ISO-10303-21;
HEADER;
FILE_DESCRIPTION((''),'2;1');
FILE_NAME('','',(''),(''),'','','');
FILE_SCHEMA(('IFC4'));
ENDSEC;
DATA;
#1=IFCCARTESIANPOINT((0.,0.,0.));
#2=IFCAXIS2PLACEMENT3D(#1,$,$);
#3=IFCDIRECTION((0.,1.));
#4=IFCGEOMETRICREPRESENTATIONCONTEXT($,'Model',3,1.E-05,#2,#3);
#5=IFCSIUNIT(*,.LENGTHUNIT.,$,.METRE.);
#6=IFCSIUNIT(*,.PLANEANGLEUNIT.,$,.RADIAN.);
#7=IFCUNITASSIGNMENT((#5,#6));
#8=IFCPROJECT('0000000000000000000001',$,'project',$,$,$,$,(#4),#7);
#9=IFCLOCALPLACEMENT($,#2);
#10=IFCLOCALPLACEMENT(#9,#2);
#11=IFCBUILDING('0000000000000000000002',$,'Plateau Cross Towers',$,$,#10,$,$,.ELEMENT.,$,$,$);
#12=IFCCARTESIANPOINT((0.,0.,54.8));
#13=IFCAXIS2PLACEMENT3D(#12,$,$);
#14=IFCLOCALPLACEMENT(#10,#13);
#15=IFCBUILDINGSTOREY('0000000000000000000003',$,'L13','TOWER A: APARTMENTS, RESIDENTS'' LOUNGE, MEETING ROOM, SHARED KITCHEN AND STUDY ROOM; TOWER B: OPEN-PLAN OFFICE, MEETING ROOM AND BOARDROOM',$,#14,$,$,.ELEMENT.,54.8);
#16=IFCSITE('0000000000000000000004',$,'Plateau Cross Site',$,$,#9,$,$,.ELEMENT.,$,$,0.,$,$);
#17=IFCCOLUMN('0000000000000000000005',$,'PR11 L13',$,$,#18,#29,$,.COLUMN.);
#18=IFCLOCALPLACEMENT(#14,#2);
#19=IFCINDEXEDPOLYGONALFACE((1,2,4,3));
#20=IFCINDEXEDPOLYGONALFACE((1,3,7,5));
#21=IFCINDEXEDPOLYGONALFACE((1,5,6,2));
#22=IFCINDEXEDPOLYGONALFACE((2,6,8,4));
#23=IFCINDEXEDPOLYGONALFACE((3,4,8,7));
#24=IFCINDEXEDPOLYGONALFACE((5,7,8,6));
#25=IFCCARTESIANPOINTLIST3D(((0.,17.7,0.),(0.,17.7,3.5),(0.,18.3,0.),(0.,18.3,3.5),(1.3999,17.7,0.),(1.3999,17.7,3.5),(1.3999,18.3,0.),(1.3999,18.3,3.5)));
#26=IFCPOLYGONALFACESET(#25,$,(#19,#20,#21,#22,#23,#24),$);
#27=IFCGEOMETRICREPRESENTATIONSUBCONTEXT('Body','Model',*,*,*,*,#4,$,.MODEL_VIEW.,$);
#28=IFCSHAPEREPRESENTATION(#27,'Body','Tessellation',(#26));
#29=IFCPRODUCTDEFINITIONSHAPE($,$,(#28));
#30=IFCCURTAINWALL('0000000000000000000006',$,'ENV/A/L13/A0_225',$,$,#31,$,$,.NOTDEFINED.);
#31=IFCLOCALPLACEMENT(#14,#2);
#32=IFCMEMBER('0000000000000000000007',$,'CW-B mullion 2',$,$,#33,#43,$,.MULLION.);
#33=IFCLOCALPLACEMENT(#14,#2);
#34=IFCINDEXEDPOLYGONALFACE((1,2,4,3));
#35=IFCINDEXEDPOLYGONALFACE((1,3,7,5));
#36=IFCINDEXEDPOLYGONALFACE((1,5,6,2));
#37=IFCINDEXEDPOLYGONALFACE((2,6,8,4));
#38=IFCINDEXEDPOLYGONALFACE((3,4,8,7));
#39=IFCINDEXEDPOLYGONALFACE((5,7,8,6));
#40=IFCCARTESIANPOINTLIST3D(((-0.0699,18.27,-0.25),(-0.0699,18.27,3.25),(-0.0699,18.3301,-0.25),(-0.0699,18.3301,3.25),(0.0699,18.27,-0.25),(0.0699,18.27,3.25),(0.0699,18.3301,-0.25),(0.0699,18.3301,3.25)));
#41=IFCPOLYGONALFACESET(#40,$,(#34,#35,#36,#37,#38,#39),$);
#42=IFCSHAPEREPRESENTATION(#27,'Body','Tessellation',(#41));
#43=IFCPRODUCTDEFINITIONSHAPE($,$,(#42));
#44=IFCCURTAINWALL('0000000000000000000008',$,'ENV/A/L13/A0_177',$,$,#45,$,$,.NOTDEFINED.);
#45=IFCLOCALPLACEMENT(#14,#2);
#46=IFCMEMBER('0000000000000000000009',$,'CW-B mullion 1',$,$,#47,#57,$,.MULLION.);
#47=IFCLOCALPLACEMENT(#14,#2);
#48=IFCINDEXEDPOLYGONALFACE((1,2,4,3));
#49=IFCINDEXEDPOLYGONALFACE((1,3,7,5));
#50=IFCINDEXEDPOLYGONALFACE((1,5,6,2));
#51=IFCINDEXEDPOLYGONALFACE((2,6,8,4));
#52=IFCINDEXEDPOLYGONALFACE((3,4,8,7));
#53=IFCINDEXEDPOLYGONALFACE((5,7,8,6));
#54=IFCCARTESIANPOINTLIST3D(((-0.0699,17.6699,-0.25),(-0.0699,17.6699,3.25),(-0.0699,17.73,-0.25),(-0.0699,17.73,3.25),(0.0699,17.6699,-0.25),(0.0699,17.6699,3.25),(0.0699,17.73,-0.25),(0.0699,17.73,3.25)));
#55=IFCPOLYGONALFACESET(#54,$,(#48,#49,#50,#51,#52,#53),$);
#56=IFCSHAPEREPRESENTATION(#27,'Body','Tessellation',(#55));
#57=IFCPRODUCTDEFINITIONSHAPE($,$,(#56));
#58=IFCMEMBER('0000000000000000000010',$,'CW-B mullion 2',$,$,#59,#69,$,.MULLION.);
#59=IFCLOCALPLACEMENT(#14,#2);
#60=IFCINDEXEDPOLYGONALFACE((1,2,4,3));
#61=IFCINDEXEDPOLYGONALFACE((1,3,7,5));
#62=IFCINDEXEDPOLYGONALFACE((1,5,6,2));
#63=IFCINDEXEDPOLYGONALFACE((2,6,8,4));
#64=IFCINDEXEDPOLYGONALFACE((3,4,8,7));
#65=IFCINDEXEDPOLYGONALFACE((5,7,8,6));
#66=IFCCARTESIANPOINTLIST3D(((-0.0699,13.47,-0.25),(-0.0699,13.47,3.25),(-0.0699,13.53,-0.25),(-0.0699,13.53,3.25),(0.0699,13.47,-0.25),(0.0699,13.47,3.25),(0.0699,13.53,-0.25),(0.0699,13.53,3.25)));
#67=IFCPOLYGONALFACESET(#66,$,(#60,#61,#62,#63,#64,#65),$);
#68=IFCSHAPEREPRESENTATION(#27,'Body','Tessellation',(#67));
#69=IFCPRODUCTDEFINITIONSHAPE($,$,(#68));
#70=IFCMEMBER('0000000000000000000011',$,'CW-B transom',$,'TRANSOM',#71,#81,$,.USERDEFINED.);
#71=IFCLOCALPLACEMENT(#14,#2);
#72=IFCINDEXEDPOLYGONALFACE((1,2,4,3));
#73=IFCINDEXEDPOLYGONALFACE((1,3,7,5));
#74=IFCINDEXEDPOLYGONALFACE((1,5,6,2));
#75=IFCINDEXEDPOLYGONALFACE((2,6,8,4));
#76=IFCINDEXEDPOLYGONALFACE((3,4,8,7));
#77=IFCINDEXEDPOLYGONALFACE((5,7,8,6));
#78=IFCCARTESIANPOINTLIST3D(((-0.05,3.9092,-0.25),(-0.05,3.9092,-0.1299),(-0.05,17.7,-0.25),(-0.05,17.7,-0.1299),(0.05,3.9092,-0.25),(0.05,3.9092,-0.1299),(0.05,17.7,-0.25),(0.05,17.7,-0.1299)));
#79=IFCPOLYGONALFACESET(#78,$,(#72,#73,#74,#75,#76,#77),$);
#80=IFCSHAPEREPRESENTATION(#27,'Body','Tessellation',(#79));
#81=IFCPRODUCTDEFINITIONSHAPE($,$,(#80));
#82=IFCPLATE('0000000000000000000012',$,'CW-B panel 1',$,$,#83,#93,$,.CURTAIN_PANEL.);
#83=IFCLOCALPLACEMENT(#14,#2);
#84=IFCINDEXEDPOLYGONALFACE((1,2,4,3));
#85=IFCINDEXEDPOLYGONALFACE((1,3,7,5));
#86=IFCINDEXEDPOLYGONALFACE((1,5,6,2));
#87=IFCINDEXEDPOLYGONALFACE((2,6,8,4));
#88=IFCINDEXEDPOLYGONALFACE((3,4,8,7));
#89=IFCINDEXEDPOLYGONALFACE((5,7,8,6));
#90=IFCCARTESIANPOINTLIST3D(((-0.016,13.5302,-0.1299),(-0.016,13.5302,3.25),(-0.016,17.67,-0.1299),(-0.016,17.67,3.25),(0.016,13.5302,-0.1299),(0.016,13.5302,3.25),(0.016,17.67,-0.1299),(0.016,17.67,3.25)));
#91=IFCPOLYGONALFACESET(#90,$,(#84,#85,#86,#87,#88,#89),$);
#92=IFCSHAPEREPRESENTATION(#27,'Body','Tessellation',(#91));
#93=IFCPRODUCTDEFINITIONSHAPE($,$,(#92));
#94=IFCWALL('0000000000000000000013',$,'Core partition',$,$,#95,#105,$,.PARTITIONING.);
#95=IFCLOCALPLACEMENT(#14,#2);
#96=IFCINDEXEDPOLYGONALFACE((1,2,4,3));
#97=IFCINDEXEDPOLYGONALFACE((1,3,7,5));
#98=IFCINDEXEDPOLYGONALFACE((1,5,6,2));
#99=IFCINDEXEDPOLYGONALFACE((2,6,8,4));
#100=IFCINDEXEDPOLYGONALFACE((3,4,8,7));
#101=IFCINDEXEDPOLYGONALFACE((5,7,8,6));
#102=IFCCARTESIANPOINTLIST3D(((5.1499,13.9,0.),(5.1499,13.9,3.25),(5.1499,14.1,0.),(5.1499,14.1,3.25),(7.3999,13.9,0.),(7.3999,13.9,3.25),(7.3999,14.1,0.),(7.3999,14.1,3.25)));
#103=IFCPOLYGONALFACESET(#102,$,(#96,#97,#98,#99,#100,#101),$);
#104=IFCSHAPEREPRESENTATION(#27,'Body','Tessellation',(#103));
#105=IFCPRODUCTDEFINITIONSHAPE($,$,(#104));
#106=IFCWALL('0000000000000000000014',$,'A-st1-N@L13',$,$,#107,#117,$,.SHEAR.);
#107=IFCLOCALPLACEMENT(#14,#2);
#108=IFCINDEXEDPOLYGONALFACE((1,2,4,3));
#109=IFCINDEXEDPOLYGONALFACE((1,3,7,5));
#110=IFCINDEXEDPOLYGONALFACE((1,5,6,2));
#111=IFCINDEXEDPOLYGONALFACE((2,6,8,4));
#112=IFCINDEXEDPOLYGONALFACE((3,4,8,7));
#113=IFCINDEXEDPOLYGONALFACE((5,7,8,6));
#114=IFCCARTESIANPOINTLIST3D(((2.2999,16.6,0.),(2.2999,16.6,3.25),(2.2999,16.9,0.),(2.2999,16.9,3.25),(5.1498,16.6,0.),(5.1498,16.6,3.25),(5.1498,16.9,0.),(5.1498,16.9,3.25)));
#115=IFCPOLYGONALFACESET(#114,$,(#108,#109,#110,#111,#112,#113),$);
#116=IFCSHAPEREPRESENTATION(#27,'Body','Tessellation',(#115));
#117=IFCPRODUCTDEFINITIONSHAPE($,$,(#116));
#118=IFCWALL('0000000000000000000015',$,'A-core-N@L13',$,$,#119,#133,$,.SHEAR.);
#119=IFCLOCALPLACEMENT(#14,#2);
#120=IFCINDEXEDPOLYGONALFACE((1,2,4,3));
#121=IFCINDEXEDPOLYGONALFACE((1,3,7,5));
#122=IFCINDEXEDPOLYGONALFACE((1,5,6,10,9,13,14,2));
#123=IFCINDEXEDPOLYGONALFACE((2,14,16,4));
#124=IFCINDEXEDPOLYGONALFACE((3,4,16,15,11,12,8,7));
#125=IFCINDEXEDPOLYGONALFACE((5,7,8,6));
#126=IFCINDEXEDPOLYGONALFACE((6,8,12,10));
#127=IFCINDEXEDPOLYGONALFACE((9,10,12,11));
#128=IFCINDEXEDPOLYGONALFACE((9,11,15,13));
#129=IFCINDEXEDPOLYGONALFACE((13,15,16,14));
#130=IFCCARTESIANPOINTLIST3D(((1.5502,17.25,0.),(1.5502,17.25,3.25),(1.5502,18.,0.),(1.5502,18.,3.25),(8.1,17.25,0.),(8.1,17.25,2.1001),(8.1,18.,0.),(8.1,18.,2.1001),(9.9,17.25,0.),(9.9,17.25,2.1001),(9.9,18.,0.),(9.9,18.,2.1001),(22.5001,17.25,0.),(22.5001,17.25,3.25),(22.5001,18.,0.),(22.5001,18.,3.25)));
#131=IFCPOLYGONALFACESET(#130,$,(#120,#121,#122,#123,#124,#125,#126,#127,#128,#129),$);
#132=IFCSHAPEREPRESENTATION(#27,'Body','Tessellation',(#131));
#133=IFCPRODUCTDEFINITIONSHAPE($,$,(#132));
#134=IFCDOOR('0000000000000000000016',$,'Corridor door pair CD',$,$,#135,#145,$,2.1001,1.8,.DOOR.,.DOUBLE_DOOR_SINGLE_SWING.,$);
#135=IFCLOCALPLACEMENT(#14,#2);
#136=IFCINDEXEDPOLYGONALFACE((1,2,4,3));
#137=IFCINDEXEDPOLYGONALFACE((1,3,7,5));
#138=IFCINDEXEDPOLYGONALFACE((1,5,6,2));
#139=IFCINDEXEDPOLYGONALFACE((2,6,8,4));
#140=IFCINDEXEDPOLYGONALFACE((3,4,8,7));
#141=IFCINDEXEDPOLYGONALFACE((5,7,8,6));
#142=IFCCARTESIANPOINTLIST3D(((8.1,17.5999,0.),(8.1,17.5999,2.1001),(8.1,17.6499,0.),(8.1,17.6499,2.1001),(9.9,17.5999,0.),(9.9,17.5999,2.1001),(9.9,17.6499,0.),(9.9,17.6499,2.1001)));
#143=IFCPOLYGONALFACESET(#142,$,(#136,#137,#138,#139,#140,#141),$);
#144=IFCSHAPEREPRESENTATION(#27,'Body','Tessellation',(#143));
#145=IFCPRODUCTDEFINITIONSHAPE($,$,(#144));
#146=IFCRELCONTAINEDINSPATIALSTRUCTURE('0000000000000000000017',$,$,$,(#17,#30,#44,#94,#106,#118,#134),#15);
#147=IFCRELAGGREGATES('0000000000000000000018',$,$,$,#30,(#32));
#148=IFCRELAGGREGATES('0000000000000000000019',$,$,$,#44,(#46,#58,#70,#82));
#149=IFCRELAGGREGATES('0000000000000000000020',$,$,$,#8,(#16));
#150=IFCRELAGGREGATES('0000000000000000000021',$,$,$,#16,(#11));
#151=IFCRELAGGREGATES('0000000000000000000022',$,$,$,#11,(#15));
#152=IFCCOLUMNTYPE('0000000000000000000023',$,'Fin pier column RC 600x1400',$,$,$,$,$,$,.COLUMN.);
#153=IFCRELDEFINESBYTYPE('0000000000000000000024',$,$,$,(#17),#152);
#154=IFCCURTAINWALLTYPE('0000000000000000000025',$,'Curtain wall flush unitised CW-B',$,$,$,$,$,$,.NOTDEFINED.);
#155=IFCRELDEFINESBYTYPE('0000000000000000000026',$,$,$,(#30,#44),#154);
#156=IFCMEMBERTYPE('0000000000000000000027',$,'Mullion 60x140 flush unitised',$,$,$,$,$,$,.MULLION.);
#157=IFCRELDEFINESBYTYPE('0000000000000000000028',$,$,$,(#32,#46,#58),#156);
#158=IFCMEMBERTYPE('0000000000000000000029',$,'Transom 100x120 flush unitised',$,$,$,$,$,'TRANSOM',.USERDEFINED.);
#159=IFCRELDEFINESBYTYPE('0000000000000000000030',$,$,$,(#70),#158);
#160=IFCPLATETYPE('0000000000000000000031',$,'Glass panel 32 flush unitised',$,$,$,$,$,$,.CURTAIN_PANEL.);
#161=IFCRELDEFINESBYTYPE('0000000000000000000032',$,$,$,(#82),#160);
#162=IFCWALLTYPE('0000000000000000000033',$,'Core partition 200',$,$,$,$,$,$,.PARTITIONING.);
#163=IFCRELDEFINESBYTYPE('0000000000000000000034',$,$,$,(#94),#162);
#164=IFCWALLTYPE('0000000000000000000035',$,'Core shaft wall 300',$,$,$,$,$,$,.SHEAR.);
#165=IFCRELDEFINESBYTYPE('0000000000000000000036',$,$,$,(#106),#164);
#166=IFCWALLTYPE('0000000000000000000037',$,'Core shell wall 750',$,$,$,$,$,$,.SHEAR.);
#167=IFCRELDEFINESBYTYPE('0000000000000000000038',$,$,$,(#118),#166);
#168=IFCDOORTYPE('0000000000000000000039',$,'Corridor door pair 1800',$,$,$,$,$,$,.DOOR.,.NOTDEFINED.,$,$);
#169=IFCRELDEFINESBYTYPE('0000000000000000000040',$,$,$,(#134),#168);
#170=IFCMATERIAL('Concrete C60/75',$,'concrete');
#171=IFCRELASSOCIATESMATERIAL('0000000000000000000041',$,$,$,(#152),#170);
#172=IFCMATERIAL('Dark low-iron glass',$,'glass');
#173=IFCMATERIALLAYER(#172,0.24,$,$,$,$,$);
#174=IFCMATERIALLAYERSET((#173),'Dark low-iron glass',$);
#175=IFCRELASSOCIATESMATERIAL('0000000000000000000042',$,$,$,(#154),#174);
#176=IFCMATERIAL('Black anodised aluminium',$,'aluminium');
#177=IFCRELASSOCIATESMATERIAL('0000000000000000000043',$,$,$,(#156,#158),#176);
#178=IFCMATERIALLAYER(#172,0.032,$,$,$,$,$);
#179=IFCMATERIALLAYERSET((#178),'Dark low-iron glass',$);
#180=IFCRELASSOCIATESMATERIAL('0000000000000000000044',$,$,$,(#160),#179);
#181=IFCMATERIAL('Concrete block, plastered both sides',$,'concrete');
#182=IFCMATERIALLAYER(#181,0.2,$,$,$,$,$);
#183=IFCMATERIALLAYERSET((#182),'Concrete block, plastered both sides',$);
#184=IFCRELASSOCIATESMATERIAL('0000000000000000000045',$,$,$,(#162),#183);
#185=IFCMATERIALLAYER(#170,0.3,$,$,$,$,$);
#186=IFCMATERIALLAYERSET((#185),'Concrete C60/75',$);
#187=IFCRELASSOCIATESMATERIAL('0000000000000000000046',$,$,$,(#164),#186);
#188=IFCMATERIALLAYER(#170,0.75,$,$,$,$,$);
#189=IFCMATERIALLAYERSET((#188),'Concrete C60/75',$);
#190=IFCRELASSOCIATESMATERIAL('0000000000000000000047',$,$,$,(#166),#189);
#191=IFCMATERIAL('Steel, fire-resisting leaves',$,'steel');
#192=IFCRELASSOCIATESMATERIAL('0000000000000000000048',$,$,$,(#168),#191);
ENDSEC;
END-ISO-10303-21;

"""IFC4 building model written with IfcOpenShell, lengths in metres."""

from ifc_helpers import new_model, si_unit, direction, frame, frame_2d, origin, origin_2d, place, context, subcontext, project, spatial, rectangle, extrude, material, layer, layer_set, material_profile, profile_set, type_object, element, fill, aggregate, save


model = new_model("IFC4")

# Units and contexts
model_context = context("Model", 3, precision=1e-05, world=origin(), true_north=direction((0.0, 1.0)))
body_context = subcontext(model_context, "Body", "Model", "MODEL_VIEW")
ifc_project = project(units=[si_unit("LENGTHUNIT", "METRE"), si_unit("PLANEANGLEUNIT", "RADIAN")], contexts=[model_context])

# Site, building, storey
site_placement = place(None, origin())
site = spatial("IfcSite", under=ifc_project, at=site_placement, Name="Plateau Cross Site", CompositionType="ELEMENT", RefElevation=0.0)
building_placement = place(site_placement, origin())
building = spatial("IfcBuilding", under=site, at=building_placement, Name="Plateau Cross Towers", CompositionType="ELEMENT")
storey_placement = place(building_placement, frame((0.0, 0.0, 54.8)))
storey = spatial("IfcBuildingStorey", under=building, at=storey_placement, Name="L13", Description="TOWER A: APARTMENTS, RESIDENTS' LOUNGE, MEETING ROOM, SHARED KITCHEN AND STUDY ROOM; TOWER B: OPEN-PLAN OFFICE, MEETING ROOM AND BOARDROOM", CompositionType="ELEMENT", Elevation=54.8)

# Column
ifc_material_1 = material(Name="Concrete C60/75", Category="concrete")
ifc_material_profile_1 = material_profile(ifc_material_1, rectangle(XDim=0.6001, YDim=1.3999, at=origin_2d()), Name="RC 600x1400")
ifc_profile_set_1 = profile_set([ifc_material_profile_1], Name="Concrete C60/75")
column_type = type_object("IfcColumnType", Name="Fin pier column RC 600x1400", PredefinedType="COLUMN", material=ifc_profile_set_1)
column_placement = place(storey_placement, frame((0.7, 18.0, 0.0), z_axis=(0.0, 0.0, 1.0), x_axis=(0.0, 1.0, 0.0)))
element("IfcColumn", 1, at=column_placement, inside=storey, type_object=column_type, Name="PR11 L13", PredefinedType="COLUMN", context=body_context, shape_type="SweptSolid", body=[
    extrude(rectangle(XDim=0.6001, YDim=1.3999, at=origin_2d()), origin(), (0.0, 0.0, 1.0), 3.5),
])

# Curtain wall, member
ifc_material_2 = material(Name="Dark low-iron glass", Category="glass")
ifc_layer_1 = layer(ifc_material_2, 0.24)
ifc_layer_set_1 = layer_set([ifc_layer_1], Name="Dark low-iron glass")
curtain_wall_type = type_object("IfcCurtainWallType", Name="Curtain wall flush unitised CW-B", PredefinedType="NOTDEFINED", material=ifc_layer_set_1)
curtain_wall_1_placement = place(storey_placement, origin())
curtain_wall_1 = element("IfcCurtainWall", 2, at=curtain_wall_1_placement, inside=storey, type_object=curtain_wall_type, Name="ENV/A/L13/A0_225", PredefinedType="NOTDEFINED")
ifc_material_3 = material(Name="Black anodised aluminium", Category="aluminium")
ifc_material_profile_2 = material_profile(ifc_material_3, rectangle(XDim=0.0601, YDim=0.1399, at=origin_2d()), Name="MULLION 60x140")
ifc_profile_set_2 = profile_set([ifc_material_profile_2], Name="Black anodised aluminium")
member_type_1 = type_object("IfcMemberType", Name="Mullion 60x140 flush unitised", PredefinedType="MULLION", material=ifc_profile_set_2)
member_1_placement = place(storey_placement, frame((0.0, 18.3, -0.25), z_axis=(0.0, 0.0, 1.0), x_axis=(0.0, -1.0, 0.0)))
member_1 = element("IfcMember", 3, at=member_1_placement, type_object=member_type_1, Name="CW-B mullion 2", PredefinedType="MULLION", context=body_context, shape_type="SweptSolid", body=[
    extrude(rectangle(XDim=0.0601, YDim=0.1399, at=origin_2d()), origin(), (0.0, 0.0, 1.0), 3.5),
])
aggregate(curtain_wall_1, [member_1])

# Curtain wall, members, plate
curtain_wall_2_placement = place(storey_placement, origin())
curtain_wall_2 = element("IfcCurtainWall", 4, at=curtain_wall_2_placement, inside=storey, type_object=curtain_wall_type, Name="ENV/A/L13/A0_177", PredefinedType="NOTDEFINED")
member_2_placement = place(storey_placement, frame((0.0, 17.7, -0.25), z_axis=(0.0, 0.0, 1.0), x_axis=(0.0, -1.0, 0.0)))
member_2 = element("IfcMember", 5, at=member_2_placement, type_object=member_type_1, Name="CW-B mullion 1", PredefinedType="MULLION", context=body_context, shape_type="SweptSolid", body=[
    extrude(rectangle(XDim=0.0601, YDim=0.1399, at=origin_2d()), origin(), (0.0, 0.0, 1.0), 3.5),
])
member_3_placement = place(storey_placement, frame((0.0, 13.5, -0.25), z_axis=(0.0, 0.0, 1.0), x_axis=(0.0, -1.0, 0.0)))
member_3 = element("IfcMember", 6, at=member_3_placement, type_object=member_type_1, Name="CW-B mullion 2", PredefinedType="MULLION", context=body_context, shape_type="SweptSolid", body=[
    extrude(rectangle(XDim=0.0601, YDim=0.1399, at=origin_2d()), origin(), (0.0, 0.0, 1.0), 3.5),
])
ifc_material_profile_3 = material_profile(ifc_material_3, rectangle(XDim=0.1001, YDim=0.1201, at=origin_2d()), Name="TRANSOM 100x120")
ifc_profile_set_3 = profile_set([ifc_material_profile_3], Name="Black anodised aluminium")
member_type_2 = type_object("IfcMemberType", Name="Transom 100x120 flush unitised", ElementType="TRANSOM", PredefinedType="USERDEFINED", material=ifc_profile_set_3)
member_4_placement = place(storey_placement, frame((0.0, 17.7, -0.1899), z_axis=(0.0, -1.0, 0.0), x_axis=(1.0, 0.0, 0.0)))
member_4 = element("IfcMember", 7, at=member_4_placement, type_object=member_type_2, Name="CW-B transom", ObjectType="TRANSOM", PredefinedType="USERDEFINED", context=body_context, shape_type="SweptSolid", body=[
    extrude(rectangle(XDim=0.1001, YDim=0.1201, at=origin_2d()), origin(), (0.0, 0.0, 1.0), 13.7908),
])
ifc_layer_2 = layer(ifc_material_2, 0.032)
ifc_layer_set_2 = layer_set([ifc_layer_2], Name="Dark low-iron glass")
plate_type = type_object("IfcPlateType", Name="Glass panel 32 flush unitised", PredefinedType="CURTAIN_PANEL", material=ifc_layer_set_2)
plate_placement = place(storey_placement, frame((0.0, 15.6001, -0.1299), z_axis=(0.0, 0.0, 1.0), x_axis=(0.0, -1.0, 0.0)))
plate = element("IfcPlate", 8, at=plate_placement, type_object=plate_type, Name="CW-B panel 1", PredefinedType="CURTAIN_PANEL", context=body_context, shape_type="SweptSolid", body=[
    extrude(rectangle(XDim=4.1399, YDim=0.032, at=origin_2d()), origin(), (0.0, 0.0, 1.0), 3.3799),
])
aggregate(curtain_wall_2, [member_2, member_3, member_4, plate])

# Walls
ifc_material_4 = material(Name="Concrete block, plastered both sides", Category="concrete")
ifc_layer_3 = layer(ifc_material_4, 0.2)
ifc_layer_set_3 = layer_set([ifc_layer_3], Name="Concrete block, plastered both sides")
wall_type_1 = type_object("IfcWallType", Name="Core partition 200", PredefinedType="PARTITIONING", material=ifc_layer_set_3)
wall_1_placement = place(storey_placement, frame((5.1499, 14.0, 0.0), z_axis=(0.0, 0.0, 1.0), x_axis=(1.0, 0.0, 0.0)))
element("IfcWall", 9, at=wall_1_placement, inside=storey, type_object=wall_type_1, Name="Core partition", PredefinedType="PARTITIONING", context=body_context, shape_type="SweptSolid", body=[
    extrude(rectangle(XDim=2.25, YDim=0.2, at=frame_2d((1.125, 0.0))), origin(), (0.0, 0.0, 1.0), 3.25),
])
ifc_layer_4 = layer(ifc_material_1, 0.3)
ifc_layer_set_4 = layer_set([ifc_layer_4], Name="Concrete C60/75")
wall_type_2 = type_object("IfcWallType", Name="Core shaft wall 300", PredefinedType="SHEAR", material=ifc_layer_set_4)
wall_2_placement = place(storey_placement, frame((2.3, 16.75, 0.0), z_axis=(0.0, 0.0, 1.0), x_axis=(1.0, 0.0, 0.0)))
element("IfcWall", 10, at=wall_2_placement, inside=storey, type_object=wall_type_2, Name="A-st1-N@L13", PredefinedType="SHEAR", context=body_context, shape_type="SweptSolid", body=[
    extrude(rectangle(XDim=2.8499, YDim=0.3, at=frame_2d((1.4248, 0.0))), origin(), (0.0, 0.0, 1.0), 3.25),
])

# Wall, opening, door
ifc_layer_5 = layer(ifc_material_1, 0.75)
ifc_layer_set_5 = layer_set([ifc_layer_5], Name="Concrete C60/75")
wall_type_3 = type_object("IfcWallType", Name="Core shell wall 750", PredefinedType="SHEAR", material=ifc_layer_set_5)
wall_3_placement = place(storey_placement, frame((1.55, 17.625, 0.0), z_axis=(0.0, 0.0, 1.0), x_axis=(1.0, 0.0, 0.0)))
wall_3 = element("IfcWall", 11, at=wall_3_placement, inside=storey, type_object=wall_type_3, Name="A-core-N@L13", PredefinedType="SHEAR", context=body_context, shape_type="SweptSolid", body=[
    extrude(rectangle(XDim=20.95, YDim=0.75, at=frame_2d((10.4751, 0.0))), origin(), (0.0, 0.0, 1.0), 3.25),
])
opening_placement = place(wall_3_placement, frame((6.55, 0.0, 0.0)))
opening = element("IfcOpeningElement", 12, at=opening_placement, cuts=wall_3, PredefinedType="OPENING", context=body_context, shape_type="SweptSolid", body=[
    extrude(rectangle(XDim=1.8, YDim=2.1001, at=frame_2d((0.8999, 1.05))), frame((0.0, 0.385, 0.0), z_axis=(0.0, -1.0, 0.0), x_axis=(1.0, 0.0, 0.0)), (0.0, 0.0, 1.0), 0.77),
])
ifc_material_5 = material(Name="Steel, fire-resisting leaves", Category="steel")
door_type = type_object("IfcDoorType", Name="Corridor door pair 1800", OperationType="NOTDEFINED", PredefinedType="DOOR", material=ifc_material_5)
door_placement = place(opening_placement, origin())
door = element("IfcDoor", 13, at=door_placement, inside=storey, type_object=door_type, Name="Corridor door pair CD", OperationType="DOUBLE_DOOR_SINGLE_SWING", OverallHeight=2.1001, OverallWidth=1.8, PredefinedType="DOOR", context=body_context, shape_type="SweptSolid", body=[
    extrude(rectangle(XDim=1.8, YDim=2.1001, at=frame_2d((0.8999, 1.05))), frame((0.0, 0.0249, 0.0), z_axis=(0.0, -1.0, 0.0), x_axis=(1.0, 0.0, 0.0)), (0.0, 0.0, 1.0), 0.05),
])
fill(opening, door)

save(model, "model.ifc")
